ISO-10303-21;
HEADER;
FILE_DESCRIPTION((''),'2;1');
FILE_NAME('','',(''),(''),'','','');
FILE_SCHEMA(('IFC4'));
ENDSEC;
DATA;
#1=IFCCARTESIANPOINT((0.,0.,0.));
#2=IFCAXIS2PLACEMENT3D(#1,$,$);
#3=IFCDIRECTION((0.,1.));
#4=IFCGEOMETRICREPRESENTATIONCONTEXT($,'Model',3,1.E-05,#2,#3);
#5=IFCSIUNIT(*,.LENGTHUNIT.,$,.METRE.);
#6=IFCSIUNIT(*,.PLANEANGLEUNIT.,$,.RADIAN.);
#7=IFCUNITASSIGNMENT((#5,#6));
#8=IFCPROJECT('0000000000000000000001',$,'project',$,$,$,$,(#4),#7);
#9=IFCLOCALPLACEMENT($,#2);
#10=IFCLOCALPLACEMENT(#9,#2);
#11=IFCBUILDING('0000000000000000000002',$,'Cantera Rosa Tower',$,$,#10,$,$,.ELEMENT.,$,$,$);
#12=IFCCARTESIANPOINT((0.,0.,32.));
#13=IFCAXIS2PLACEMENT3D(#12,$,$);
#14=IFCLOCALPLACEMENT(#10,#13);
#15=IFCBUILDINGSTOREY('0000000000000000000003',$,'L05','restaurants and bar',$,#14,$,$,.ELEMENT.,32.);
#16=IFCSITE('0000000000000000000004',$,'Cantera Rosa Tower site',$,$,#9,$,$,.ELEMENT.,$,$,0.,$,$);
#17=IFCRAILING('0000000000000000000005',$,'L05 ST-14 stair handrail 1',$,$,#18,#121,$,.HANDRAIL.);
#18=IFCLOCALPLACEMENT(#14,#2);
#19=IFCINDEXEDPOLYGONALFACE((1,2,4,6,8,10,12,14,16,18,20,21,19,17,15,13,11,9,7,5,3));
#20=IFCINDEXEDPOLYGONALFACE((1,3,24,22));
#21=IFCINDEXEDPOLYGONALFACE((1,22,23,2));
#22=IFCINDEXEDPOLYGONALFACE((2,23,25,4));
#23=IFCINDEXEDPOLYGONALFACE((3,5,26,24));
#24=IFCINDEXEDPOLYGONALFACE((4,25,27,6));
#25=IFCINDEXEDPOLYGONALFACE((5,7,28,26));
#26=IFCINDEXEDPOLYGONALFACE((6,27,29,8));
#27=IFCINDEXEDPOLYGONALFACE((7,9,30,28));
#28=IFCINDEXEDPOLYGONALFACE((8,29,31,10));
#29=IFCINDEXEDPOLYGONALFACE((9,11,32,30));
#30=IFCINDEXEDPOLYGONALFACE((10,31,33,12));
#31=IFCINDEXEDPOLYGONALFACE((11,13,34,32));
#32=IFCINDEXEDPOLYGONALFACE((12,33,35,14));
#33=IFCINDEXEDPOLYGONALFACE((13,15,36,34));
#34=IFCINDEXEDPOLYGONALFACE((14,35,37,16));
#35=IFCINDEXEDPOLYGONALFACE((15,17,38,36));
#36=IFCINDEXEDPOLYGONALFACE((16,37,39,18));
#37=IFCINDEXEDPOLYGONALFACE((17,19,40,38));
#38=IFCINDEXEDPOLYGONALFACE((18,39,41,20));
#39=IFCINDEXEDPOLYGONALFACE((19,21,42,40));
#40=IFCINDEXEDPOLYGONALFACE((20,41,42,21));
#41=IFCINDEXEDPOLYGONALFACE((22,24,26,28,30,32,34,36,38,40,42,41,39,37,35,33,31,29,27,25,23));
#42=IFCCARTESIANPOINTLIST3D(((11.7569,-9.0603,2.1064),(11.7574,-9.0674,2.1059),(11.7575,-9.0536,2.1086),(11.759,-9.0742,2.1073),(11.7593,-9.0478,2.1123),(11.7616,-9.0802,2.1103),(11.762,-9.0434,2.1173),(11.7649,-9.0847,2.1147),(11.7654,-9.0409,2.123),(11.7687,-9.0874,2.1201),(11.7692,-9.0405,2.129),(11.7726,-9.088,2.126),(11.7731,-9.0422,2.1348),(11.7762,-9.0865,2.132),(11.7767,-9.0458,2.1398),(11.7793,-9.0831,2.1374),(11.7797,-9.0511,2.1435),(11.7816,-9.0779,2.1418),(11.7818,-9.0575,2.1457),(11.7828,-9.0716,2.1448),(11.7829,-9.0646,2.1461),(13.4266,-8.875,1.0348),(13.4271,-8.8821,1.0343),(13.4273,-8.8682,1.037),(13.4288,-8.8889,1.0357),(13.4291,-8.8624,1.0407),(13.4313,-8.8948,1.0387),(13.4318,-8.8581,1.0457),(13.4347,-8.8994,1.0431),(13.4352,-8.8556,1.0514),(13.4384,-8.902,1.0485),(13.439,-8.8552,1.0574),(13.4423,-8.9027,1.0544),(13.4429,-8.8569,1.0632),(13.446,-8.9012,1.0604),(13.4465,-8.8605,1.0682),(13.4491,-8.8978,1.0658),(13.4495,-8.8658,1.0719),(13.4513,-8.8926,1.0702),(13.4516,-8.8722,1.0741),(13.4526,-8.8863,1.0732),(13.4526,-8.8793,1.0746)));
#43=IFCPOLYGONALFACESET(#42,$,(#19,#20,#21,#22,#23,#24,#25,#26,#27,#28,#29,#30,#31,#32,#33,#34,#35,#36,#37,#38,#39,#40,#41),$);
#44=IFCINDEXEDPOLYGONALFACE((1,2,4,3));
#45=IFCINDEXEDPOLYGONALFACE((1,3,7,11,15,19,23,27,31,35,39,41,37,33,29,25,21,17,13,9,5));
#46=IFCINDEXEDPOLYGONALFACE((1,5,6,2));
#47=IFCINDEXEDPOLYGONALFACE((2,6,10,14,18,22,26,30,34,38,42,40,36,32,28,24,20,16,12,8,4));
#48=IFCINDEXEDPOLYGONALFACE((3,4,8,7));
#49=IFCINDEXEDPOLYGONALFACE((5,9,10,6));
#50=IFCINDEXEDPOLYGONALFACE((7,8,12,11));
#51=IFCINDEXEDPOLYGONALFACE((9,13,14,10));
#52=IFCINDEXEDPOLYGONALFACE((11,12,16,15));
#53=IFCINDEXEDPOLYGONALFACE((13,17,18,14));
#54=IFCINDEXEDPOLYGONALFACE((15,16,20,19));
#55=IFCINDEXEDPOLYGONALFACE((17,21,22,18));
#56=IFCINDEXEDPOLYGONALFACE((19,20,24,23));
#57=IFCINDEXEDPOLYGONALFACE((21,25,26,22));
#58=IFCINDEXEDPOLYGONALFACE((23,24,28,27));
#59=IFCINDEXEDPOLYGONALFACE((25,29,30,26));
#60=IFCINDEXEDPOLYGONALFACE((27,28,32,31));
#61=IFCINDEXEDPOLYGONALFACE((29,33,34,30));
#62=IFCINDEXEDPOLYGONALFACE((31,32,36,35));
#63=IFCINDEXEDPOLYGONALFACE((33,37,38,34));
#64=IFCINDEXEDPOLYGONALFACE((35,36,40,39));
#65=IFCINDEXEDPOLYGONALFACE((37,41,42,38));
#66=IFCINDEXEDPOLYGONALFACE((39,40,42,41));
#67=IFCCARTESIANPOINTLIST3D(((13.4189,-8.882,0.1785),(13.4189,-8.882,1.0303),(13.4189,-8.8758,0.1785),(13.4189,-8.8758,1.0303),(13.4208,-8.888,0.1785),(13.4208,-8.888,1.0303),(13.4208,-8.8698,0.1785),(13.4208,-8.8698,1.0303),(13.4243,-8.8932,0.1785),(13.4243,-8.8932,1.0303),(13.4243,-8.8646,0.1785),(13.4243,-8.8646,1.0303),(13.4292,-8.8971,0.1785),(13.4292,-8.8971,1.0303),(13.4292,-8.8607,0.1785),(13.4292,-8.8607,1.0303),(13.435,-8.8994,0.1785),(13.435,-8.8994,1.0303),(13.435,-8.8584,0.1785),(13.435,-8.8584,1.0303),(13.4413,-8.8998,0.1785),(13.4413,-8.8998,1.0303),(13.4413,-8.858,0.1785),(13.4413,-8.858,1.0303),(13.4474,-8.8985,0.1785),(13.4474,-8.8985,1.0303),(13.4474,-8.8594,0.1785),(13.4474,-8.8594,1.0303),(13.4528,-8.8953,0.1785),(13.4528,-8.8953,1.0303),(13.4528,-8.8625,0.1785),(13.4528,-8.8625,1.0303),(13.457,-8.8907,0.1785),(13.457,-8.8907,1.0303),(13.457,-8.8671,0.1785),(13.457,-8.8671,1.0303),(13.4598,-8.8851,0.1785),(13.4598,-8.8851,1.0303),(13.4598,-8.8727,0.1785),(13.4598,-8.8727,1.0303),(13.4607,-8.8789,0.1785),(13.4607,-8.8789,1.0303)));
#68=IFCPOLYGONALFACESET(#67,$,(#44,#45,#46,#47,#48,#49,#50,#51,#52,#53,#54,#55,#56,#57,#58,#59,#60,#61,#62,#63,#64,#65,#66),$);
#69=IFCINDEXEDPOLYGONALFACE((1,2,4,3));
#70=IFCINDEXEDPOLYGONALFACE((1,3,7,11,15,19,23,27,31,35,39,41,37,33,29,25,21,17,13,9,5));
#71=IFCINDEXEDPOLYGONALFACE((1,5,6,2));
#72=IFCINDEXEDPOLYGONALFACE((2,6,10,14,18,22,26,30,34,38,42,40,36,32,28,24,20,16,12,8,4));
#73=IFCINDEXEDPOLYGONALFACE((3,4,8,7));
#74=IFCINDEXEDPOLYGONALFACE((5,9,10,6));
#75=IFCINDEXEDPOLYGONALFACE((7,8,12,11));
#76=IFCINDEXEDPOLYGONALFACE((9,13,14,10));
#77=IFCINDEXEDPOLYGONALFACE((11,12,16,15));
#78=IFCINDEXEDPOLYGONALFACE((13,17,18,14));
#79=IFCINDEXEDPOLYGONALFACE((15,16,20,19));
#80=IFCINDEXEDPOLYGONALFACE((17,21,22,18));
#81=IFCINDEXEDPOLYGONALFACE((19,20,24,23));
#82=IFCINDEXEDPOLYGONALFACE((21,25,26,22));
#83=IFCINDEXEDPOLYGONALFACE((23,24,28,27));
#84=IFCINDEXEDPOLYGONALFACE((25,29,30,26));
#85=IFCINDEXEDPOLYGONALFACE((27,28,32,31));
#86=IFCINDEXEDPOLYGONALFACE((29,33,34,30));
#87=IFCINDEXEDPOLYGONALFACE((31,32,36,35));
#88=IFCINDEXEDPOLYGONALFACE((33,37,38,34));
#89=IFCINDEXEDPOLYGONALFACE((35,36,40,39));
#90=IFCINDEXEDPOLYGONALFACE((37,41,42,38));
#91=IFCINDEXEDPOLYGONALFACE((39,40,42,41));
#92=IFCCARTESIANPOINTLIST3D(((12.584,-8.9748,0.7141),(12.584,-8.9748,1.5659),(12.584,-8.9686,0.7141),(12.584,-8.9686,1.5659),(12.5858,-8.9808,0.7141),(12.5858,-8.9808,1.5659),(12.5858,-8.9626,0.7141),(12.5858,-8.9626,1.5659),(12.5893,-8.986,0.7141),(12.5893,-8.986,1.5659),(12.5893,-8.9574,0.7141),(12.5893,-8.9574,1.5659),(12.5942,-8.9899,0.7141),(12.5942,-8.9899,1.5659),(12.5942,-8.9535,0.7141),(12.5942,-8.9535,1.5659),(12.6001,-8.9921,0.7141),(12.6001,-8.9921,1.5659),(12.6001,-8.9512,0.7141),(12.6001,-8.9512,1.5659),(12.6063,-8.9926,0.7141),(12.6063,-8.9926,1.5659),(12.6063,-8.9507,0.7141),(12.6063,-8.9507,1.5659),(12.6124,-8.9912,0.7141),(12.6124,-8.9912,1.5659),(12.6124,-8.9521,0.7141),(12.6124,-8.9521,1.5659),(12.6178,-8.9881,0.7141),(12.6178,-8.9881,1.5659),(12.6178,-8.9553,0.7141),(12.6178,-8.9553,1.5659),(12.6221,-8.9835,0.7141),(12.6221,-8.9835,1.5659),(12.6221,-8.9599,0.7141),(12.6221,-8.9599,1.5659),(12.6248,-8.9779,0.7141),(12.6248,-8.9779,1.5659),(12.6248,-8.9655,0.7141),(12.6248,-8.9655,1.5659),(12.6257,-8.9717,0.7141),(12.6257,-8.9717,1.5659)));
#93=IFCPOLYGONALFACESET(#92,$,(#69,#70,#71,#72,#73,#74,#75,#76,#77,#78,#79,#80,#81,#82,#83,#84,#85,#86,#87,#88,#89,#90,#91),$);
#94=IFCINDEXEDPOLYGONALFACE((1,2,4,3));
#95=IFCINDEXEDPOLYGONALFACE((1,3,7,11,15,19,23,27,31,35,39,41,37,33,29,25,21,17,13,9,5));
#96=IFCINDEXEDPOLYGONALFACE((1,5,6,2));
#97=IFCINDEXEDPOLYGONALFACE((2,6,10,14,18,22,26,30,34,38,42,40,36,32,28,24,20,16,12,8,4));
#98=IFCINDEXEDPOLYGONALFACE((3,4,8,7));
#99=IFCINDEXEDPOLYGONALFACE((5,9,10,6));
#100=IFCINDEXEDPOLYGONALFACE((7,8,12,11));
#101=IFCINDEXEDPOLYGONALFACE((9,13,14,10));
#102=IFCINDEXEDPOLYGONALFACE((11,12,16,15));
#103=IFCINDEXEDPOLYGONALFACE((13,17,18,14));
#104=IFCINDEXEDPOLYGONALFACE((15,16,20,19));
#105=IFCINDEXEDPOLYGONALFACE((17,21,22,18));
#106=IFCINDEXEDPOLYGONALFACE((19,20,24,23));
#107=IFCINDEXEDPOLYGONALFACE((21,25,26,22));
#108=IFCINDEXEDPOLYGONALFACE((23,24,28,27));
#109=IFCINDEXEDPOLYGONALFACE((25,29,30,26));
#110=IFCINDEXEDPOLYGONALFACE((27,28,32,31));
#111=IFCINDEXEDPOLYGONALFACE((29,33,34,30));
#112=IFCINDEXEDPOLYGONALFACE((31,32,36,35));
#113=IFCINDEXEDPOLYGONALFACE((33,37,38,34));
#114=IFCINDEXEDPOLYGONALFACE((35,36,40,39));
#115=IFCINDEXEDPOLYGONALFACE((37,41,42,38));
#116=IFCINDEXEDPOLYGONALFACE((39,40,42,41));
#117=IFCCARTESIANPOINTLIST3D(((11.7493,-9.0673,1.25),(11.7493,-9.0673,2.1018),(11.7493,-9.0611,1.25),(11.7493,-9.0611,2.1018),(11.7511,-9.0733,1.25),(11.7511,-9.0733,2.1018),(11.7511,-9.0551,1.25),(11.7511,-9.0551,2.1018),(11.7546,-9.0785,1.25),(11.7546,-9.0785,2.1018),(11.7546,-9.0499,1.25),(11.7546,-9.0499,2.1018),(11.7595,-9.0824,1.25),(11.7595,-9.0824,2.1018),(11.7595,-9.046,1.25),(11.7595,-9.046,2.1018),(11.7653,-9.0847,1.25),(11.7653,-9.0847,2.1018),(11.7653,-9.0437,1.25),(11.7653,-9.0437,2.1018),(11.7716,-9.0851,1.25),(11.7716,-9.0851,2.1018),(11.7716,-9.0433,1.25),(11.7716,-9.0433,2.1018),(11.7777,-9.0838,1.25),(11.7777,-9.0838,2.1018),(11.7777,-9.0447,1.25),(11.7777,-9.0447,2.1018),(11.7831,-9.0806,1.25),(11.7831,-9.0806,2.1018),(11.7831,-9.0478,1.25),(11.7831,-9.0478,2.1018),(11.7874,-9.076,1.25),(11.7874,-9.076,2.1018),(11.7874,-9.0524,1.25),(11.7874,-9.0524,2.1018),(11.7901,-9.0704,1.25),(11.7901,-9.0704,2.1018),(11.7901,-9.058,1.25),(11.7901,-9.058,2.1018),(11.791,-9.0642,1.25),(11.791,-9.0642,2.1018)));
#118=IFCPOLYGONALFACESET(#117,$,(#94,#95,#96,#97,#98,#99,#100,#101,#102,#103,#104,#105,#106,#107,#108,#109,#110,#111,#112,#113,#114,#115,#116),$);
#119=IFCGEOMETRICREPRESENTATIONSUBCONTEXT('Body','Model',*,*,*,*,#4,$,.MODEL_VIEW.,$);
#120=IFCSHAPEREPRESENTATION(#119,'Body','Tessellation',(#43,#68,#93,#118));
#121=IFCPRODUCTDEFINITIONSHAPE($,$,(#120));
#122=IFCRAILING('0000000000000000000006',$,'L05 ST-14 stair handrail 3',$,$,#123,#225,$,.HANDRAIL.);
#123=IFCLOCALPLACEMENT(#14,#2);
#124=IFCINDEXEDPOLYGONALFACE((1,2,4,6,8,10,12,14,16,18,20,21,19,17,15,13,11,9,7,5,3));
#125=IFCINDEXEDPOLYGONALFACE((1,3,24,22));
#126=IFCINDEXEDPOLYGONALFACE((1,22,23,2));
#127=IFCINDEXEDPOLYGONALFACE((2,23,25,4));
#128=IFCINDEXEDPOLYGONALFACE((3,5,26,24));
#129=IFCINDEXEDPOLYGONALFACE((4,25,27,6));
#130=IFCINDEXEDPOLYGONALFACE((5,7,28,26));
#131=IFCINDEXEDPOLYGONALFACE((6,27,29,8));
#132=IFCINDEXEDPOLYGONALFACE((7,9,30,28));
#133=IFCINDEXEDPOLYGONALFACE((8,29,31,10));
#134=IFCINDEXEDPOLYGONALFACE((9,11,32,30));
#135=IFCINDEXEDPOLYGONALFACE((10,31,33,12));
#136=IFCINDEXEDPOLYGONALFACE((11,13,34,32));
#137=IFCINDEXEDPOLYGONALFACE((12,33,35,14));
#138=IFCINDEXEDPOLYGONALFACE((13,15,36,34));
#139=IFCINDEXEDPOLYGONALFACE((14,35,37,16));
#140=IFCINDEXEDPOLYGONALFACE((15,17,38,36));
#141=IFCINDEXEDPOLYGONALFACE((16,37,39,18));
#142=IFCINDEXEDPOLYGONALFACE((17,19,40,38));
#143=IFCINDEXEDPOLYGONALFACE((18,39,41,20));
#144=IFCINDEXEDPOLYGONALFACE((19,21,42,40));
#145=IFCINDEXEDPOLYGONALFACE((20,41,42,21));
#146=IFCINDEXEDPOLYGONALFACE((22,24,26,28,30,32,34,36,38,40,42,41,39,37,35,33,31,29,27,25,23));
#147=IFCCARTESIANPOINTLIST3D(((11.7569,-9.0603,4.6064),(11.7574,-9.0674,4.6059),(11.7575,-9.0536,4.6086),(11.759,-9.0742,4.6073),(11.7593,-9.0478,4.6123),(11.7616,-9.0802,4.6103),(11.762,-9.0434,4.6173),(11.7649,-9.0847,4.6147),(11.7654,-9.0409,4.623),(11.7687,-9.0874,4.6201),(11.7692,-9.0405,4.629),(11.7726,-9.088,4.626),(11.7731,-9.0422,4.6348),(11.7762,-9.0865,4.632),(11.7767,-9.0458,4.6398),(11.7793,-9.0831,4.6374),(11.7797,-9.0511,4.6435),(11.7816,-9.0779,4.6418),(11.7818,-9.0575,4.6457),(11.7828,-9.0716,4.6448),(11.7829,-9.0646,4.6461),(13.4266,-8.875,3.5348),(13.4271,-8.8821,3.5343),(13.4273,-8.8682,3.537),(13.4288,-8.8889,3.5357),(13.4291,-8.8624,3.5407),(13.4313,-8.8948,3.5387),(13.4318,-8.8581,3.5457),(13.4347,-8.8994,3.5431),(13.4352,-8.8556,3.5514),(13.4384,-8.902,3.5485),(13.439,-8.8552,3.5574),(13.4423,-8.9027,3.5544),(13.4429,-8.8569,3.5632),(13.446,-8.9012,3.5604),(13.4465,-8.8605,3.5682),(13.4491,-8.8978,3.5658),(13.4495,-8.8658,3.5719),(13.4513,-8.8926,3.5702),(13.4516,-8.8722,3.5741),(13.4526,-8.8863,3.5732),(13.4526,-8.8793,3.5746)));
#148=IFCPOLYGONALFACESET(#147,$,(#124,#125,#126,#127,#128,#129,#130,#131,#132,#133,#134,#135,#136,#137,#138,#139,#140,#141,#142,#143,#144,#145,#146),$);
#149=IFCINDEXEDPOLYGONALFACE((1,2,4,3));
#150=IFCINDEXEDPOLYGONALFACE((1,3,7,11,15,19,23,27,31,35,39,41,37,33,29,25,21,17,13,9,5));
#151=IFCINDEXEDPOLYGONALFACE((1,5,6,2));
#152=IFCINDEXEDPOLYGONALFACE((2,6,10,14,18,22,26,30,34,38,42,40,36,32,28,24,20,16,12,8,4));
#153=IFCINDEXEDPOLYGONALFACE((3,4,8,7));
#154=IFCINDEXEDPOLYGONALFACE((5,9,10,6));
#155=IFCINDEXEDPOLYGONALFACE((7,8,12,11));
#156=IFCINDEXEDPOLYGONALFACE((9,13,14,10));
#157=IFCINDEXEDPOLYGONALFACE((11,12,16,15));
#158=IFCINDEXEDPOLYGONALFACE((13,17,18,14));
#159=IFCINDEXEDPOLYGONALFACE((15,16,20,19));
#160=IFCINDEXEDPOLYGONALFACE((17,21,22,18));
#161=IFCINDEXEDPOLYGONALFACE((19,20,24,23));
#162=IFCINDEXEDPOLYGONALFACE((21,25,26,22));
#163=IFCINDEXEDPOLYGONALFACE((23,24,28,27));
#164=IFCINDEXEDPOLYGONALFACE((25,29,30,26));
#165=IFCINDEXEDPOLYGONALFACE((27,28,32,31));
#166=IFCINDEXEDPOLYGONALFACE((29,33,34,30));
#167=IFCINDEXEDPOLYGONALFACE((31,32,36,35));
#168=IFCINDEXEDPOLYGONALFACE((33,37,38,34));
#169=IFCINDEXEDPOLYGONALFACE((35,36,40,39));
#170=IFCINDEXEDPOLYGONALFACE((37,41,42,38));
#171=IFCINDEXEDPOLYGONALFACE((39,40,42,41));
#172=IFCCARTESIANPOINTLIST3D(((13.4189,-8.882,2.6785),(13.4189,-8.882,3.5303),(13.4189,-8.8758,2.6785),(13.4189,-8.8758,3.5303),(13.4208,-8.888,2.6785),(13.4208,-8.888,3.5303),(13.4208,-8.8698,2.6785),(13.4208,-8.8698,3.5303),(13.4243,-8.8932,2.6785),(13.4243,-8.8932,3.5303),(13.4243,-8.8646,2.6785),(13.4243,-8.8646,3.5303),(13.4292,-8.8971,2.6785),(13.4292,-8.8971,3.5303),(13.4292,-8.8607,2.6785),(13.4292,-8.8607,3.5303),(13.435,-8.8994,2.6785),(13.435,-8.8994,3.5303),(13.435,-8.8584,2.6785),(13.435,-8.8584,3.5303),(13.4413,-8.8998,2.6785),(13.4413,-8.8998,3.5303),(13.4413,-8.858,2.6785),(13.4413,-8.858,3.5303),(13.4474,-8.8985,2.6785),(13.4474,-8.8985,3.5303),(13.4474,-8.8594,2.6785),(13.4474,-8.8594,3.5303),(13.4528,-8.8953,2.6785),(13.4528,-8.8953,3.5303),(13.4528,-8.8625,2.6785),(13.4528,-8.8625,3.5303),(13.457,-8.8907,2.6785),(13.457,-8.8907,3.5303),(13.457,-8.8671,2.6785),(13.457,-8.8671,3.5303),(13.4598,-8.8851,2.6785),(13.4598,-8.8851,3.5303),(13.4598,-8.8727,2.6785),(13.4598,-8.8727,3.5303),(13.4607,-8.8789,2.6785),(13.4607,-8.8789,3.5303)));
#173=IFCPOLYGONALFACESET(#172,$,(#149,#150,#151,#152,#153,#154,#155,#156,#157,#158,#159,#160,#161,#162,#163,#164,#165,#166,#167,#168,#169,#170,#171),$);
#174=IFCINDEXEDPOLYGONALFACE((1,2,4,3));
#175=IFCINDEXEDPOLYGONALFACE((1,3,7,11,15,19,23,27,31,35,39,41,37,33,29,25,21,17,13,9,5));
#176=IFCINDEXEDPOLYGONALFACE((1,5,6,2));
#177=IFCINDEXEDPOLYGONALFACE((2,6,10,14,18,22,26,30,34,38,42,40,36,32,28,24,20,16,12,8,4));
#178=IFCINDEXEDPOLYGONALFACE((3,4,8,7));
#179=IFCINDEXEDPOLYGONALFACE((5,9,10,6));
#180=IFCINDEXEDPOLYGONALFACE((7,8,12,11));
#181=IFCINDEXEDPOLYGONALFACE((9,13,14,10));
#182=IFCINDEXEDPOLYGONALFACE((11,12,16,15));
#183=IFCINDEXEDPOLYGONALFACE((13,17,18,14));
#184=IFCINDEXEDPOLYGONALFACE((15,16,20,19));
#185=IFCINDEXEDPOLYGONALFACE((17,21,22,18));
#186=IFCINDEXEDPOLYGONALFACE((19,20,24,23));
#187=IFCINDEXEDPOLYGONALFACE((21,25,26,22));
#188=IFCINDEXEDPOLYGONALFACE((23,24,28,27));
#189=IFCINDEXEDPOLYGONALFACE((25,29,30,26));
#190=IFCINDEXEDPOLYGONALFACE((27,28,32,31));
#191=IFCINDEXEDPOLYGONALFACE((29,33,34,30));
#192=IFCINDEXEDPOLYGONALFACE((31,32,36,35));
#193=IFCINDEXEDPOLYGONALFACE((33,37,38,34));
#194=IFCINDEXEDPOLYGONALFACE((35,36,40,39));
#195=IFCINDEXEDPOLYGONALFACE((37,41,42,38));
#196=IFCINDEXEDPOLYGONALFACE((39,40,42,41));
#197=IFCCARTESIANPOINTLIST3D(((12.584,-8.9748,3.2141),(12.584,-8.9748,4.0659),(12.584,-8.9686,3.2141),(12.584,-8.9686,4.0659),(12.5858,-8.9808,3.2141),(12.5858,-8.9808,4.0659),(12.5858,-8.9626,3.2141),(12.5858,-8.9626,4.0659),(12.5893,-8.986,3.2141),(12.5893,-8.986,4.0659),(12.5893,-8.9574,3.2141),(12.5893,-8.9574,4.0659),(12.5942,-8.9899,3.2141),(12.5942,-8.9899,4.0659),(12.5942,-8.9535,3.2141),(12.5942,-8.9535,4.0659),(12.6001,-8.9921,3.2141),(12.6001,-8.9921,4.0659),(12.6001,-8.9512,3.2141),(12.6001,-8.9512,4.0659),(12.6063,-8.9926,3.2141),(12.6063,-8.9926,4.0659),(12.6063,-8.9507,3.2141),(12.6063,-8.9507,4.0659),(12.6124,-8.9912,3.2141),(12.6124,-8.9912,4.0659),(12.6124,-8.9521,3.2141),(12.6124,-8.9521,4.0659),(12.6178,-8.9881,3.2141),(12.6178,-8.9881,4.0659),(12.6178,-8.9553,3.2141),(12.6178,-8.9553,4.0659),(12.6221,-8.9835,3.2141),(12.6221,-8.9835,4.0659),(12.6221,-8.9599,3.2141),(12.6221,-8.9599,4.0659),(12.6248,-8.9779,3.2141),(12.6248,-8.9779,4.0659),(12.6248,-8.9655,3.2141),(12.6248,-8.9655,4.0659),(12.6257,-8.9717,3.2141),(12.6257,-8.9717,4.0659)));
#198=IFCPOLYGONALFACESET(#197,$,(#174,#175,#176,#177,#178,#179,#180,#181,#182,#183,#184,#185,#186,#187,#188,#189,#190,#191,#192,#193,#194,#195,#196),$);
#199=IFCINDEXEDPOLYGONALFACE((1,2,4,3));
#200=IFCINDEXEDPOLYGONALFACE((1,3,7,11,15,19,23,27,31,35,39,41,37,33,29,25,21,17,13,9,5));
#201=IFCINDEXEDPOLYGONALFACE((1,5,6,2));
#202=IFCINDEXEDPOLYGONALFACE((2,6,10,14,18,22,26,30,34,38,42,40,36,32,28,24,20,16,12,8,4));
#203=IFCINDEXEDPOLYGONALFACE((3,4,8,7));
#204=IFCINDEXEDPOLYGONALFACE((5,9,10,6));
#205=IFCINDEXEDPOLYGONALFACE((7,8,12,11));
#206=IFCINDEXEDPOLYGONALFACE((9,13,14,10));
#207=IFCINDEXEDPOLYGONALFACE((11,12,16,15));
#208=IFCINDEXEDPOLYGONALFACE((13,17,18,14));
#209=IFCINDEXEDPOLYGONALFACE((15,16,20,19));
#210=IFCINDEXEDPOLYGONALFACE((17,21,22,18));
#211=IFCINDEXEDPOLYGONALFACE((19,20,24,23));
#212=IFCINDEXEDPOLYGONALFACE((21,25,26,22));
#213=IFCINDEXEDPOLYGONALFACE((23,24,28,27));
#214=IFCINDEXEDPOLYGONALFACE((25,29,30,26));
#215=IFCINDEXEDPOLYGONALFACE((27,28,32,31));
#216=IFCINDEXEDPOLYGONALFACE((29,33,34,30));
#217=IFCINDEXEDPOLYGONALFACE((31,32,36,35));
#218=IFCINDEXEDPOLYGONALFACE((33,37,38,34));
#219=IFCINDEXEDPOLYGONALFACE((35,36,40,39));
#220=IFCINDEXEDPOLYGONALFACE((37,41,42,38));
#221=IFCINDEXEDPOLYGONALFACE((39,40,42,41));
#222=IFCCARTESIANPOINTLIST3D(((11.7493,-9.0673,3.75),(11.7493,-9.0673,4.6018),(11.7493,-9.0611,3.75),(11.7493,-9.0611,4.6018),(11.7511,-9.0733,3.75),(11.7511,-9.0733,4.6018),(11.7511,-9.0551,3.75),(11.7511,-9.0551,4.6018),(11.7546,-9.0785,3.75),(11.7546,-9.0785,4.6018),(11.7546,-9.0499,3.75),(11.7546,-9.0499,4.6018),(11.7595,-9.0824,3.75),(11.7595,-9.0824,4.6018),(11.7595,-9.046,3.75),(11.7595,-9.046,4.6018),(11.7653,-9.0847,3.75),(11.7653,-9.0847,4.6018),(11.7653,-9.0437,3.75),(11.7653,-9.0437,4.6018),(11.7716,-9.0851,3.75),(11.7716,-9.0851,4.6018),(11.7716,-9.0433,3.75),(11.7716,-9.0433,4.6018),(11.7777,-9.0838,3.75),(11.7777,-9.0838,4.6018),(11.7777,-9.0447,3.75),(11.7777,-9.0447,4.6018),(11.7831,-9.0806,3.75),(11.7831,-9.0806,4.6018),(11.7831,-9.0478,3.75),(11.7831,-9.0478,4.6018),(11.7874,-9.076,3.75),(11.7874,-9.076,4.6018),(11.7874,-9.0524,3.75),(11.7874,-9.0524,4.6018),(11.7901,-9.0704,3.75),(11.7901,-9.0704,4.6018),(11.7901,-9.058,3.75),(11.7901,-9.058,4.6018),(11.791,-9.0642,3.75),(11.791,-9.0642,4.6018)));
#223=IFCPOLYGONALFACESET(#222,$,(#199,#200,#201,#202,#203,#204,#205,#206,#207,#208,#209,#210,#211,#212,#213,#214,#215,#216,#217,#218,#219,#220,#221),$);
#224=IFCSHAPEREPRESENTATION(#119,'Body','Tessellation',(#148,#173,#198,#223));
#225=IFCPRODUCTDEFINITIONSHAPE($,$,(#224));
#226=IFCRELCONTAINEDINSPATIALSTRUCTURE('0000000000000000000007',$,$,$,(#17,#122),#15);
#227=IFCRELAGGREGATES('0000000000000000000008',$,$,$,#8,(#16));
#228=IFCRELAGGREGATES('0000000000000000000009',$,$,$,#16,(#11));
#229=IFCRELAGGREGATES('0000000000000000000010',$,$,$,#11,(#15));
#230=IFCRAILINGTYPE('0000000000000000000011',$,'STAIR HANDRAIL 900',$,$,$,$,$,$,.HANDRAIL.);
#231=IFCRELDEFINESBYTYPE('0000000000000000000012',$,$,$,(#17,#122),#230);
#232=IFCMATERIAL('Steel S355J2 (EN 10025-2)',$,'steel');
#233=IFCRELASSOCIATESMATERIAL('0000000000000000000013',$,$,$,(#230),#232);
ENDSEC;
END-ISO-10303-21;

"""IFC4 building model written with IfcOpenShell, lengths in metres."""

from ifc_helpers import new_model, si_unit, direction, frame, origin, origin_2d, place, context, subcontext, project, spatial, circle, extrude, material, type_object, element, save


model = new_model("IFC4")

# Units and contexts
model_context = context("Model", 3, precision=1e-05, world=origin(), true_north=direction((0.0, 1.0)))
body_context = subcontext(model_context, "Body", "Model", "MODEL_VIEW")
ifc_project = project(units=[si_unit("LENGTHUNIT", "METRE"), si_unit("PLANEANGLEUNIT", "RADIAN")], contexts=[model_context])

# Site, building, storey
site_placement = place(None, origin())
site = spatial("IfcSite", under=ifc_project, at=site_placement, Name="Cantera Rosa Tower site", CompositionType="ELEMENT", RefElevation=0.0)
building_placement = place(site_placement, origin())
building = spatial("IfcBuilding", under=site, at=building_placement, Name="Cantera Rosa Tower", CompositionType="ELEMENT")
storey_placement = place(building_placement, frame((0.0, 0.0, 32.0)))
storey = spatial("IfcBuildingStorey", under=building, at=storey_placement, Name="L05", Description="restaurants and bar", CompositionType="ELEMENT", Elevation=32.0)

# Railings
ifc_material_1 = material(Name="Steel S355J2 (EN 10025-2)", Category="steel")
railing_type_1 = type_object("IfcRailingType", Name="STAIR HANDRAIL 900", PredefinedType="HANDRAIL", material=ifc_material_1)
for number, where, name in (
    (1, (13.4397, -8.8789, 0.1785), "L05 ST-14 stair handrail 1"),
    (2, (13.4397, -8.8789, 2.6785), "L05 ST-14 stair handrail 3"),
):
    element("IfcRailing", number, at=place(storey_placement, frame(where)), inside=storey, type_object=railing_type_1, Name=name, PredefinedType="HANDRAIL", context=body_context, shape_type="SweptSolid", body=[
        extrude(circle(Radius=0.0239, at=origin_2d()), frame((0.0, 0.0, 0.876), z_axis=(-0.837951, -0.092997, 0.537764), x_axis=(0.110304, -0.993898, 0.0)), (0.0, 0.0, 1.0), 1.9927),
        extrude(circle(Radius=0.021, at=origin_2d()), origin(), (0.0, 0.0, 1.0), 0.8518),
        extrude(circle(Radius=0.021, at=origin_2d()), frame((-0.835, -0.0928, 0.5356)), (0.0, 0.0, 1.0), 0.8518),
        extrude(circle(Radius=0.021, at=origin_2d()), frame((-1.6697, -0.1853, 1.0715)), (0.0, 0.0, 1.0), 0.8518),
    ])

save(model, "model.ifc")
